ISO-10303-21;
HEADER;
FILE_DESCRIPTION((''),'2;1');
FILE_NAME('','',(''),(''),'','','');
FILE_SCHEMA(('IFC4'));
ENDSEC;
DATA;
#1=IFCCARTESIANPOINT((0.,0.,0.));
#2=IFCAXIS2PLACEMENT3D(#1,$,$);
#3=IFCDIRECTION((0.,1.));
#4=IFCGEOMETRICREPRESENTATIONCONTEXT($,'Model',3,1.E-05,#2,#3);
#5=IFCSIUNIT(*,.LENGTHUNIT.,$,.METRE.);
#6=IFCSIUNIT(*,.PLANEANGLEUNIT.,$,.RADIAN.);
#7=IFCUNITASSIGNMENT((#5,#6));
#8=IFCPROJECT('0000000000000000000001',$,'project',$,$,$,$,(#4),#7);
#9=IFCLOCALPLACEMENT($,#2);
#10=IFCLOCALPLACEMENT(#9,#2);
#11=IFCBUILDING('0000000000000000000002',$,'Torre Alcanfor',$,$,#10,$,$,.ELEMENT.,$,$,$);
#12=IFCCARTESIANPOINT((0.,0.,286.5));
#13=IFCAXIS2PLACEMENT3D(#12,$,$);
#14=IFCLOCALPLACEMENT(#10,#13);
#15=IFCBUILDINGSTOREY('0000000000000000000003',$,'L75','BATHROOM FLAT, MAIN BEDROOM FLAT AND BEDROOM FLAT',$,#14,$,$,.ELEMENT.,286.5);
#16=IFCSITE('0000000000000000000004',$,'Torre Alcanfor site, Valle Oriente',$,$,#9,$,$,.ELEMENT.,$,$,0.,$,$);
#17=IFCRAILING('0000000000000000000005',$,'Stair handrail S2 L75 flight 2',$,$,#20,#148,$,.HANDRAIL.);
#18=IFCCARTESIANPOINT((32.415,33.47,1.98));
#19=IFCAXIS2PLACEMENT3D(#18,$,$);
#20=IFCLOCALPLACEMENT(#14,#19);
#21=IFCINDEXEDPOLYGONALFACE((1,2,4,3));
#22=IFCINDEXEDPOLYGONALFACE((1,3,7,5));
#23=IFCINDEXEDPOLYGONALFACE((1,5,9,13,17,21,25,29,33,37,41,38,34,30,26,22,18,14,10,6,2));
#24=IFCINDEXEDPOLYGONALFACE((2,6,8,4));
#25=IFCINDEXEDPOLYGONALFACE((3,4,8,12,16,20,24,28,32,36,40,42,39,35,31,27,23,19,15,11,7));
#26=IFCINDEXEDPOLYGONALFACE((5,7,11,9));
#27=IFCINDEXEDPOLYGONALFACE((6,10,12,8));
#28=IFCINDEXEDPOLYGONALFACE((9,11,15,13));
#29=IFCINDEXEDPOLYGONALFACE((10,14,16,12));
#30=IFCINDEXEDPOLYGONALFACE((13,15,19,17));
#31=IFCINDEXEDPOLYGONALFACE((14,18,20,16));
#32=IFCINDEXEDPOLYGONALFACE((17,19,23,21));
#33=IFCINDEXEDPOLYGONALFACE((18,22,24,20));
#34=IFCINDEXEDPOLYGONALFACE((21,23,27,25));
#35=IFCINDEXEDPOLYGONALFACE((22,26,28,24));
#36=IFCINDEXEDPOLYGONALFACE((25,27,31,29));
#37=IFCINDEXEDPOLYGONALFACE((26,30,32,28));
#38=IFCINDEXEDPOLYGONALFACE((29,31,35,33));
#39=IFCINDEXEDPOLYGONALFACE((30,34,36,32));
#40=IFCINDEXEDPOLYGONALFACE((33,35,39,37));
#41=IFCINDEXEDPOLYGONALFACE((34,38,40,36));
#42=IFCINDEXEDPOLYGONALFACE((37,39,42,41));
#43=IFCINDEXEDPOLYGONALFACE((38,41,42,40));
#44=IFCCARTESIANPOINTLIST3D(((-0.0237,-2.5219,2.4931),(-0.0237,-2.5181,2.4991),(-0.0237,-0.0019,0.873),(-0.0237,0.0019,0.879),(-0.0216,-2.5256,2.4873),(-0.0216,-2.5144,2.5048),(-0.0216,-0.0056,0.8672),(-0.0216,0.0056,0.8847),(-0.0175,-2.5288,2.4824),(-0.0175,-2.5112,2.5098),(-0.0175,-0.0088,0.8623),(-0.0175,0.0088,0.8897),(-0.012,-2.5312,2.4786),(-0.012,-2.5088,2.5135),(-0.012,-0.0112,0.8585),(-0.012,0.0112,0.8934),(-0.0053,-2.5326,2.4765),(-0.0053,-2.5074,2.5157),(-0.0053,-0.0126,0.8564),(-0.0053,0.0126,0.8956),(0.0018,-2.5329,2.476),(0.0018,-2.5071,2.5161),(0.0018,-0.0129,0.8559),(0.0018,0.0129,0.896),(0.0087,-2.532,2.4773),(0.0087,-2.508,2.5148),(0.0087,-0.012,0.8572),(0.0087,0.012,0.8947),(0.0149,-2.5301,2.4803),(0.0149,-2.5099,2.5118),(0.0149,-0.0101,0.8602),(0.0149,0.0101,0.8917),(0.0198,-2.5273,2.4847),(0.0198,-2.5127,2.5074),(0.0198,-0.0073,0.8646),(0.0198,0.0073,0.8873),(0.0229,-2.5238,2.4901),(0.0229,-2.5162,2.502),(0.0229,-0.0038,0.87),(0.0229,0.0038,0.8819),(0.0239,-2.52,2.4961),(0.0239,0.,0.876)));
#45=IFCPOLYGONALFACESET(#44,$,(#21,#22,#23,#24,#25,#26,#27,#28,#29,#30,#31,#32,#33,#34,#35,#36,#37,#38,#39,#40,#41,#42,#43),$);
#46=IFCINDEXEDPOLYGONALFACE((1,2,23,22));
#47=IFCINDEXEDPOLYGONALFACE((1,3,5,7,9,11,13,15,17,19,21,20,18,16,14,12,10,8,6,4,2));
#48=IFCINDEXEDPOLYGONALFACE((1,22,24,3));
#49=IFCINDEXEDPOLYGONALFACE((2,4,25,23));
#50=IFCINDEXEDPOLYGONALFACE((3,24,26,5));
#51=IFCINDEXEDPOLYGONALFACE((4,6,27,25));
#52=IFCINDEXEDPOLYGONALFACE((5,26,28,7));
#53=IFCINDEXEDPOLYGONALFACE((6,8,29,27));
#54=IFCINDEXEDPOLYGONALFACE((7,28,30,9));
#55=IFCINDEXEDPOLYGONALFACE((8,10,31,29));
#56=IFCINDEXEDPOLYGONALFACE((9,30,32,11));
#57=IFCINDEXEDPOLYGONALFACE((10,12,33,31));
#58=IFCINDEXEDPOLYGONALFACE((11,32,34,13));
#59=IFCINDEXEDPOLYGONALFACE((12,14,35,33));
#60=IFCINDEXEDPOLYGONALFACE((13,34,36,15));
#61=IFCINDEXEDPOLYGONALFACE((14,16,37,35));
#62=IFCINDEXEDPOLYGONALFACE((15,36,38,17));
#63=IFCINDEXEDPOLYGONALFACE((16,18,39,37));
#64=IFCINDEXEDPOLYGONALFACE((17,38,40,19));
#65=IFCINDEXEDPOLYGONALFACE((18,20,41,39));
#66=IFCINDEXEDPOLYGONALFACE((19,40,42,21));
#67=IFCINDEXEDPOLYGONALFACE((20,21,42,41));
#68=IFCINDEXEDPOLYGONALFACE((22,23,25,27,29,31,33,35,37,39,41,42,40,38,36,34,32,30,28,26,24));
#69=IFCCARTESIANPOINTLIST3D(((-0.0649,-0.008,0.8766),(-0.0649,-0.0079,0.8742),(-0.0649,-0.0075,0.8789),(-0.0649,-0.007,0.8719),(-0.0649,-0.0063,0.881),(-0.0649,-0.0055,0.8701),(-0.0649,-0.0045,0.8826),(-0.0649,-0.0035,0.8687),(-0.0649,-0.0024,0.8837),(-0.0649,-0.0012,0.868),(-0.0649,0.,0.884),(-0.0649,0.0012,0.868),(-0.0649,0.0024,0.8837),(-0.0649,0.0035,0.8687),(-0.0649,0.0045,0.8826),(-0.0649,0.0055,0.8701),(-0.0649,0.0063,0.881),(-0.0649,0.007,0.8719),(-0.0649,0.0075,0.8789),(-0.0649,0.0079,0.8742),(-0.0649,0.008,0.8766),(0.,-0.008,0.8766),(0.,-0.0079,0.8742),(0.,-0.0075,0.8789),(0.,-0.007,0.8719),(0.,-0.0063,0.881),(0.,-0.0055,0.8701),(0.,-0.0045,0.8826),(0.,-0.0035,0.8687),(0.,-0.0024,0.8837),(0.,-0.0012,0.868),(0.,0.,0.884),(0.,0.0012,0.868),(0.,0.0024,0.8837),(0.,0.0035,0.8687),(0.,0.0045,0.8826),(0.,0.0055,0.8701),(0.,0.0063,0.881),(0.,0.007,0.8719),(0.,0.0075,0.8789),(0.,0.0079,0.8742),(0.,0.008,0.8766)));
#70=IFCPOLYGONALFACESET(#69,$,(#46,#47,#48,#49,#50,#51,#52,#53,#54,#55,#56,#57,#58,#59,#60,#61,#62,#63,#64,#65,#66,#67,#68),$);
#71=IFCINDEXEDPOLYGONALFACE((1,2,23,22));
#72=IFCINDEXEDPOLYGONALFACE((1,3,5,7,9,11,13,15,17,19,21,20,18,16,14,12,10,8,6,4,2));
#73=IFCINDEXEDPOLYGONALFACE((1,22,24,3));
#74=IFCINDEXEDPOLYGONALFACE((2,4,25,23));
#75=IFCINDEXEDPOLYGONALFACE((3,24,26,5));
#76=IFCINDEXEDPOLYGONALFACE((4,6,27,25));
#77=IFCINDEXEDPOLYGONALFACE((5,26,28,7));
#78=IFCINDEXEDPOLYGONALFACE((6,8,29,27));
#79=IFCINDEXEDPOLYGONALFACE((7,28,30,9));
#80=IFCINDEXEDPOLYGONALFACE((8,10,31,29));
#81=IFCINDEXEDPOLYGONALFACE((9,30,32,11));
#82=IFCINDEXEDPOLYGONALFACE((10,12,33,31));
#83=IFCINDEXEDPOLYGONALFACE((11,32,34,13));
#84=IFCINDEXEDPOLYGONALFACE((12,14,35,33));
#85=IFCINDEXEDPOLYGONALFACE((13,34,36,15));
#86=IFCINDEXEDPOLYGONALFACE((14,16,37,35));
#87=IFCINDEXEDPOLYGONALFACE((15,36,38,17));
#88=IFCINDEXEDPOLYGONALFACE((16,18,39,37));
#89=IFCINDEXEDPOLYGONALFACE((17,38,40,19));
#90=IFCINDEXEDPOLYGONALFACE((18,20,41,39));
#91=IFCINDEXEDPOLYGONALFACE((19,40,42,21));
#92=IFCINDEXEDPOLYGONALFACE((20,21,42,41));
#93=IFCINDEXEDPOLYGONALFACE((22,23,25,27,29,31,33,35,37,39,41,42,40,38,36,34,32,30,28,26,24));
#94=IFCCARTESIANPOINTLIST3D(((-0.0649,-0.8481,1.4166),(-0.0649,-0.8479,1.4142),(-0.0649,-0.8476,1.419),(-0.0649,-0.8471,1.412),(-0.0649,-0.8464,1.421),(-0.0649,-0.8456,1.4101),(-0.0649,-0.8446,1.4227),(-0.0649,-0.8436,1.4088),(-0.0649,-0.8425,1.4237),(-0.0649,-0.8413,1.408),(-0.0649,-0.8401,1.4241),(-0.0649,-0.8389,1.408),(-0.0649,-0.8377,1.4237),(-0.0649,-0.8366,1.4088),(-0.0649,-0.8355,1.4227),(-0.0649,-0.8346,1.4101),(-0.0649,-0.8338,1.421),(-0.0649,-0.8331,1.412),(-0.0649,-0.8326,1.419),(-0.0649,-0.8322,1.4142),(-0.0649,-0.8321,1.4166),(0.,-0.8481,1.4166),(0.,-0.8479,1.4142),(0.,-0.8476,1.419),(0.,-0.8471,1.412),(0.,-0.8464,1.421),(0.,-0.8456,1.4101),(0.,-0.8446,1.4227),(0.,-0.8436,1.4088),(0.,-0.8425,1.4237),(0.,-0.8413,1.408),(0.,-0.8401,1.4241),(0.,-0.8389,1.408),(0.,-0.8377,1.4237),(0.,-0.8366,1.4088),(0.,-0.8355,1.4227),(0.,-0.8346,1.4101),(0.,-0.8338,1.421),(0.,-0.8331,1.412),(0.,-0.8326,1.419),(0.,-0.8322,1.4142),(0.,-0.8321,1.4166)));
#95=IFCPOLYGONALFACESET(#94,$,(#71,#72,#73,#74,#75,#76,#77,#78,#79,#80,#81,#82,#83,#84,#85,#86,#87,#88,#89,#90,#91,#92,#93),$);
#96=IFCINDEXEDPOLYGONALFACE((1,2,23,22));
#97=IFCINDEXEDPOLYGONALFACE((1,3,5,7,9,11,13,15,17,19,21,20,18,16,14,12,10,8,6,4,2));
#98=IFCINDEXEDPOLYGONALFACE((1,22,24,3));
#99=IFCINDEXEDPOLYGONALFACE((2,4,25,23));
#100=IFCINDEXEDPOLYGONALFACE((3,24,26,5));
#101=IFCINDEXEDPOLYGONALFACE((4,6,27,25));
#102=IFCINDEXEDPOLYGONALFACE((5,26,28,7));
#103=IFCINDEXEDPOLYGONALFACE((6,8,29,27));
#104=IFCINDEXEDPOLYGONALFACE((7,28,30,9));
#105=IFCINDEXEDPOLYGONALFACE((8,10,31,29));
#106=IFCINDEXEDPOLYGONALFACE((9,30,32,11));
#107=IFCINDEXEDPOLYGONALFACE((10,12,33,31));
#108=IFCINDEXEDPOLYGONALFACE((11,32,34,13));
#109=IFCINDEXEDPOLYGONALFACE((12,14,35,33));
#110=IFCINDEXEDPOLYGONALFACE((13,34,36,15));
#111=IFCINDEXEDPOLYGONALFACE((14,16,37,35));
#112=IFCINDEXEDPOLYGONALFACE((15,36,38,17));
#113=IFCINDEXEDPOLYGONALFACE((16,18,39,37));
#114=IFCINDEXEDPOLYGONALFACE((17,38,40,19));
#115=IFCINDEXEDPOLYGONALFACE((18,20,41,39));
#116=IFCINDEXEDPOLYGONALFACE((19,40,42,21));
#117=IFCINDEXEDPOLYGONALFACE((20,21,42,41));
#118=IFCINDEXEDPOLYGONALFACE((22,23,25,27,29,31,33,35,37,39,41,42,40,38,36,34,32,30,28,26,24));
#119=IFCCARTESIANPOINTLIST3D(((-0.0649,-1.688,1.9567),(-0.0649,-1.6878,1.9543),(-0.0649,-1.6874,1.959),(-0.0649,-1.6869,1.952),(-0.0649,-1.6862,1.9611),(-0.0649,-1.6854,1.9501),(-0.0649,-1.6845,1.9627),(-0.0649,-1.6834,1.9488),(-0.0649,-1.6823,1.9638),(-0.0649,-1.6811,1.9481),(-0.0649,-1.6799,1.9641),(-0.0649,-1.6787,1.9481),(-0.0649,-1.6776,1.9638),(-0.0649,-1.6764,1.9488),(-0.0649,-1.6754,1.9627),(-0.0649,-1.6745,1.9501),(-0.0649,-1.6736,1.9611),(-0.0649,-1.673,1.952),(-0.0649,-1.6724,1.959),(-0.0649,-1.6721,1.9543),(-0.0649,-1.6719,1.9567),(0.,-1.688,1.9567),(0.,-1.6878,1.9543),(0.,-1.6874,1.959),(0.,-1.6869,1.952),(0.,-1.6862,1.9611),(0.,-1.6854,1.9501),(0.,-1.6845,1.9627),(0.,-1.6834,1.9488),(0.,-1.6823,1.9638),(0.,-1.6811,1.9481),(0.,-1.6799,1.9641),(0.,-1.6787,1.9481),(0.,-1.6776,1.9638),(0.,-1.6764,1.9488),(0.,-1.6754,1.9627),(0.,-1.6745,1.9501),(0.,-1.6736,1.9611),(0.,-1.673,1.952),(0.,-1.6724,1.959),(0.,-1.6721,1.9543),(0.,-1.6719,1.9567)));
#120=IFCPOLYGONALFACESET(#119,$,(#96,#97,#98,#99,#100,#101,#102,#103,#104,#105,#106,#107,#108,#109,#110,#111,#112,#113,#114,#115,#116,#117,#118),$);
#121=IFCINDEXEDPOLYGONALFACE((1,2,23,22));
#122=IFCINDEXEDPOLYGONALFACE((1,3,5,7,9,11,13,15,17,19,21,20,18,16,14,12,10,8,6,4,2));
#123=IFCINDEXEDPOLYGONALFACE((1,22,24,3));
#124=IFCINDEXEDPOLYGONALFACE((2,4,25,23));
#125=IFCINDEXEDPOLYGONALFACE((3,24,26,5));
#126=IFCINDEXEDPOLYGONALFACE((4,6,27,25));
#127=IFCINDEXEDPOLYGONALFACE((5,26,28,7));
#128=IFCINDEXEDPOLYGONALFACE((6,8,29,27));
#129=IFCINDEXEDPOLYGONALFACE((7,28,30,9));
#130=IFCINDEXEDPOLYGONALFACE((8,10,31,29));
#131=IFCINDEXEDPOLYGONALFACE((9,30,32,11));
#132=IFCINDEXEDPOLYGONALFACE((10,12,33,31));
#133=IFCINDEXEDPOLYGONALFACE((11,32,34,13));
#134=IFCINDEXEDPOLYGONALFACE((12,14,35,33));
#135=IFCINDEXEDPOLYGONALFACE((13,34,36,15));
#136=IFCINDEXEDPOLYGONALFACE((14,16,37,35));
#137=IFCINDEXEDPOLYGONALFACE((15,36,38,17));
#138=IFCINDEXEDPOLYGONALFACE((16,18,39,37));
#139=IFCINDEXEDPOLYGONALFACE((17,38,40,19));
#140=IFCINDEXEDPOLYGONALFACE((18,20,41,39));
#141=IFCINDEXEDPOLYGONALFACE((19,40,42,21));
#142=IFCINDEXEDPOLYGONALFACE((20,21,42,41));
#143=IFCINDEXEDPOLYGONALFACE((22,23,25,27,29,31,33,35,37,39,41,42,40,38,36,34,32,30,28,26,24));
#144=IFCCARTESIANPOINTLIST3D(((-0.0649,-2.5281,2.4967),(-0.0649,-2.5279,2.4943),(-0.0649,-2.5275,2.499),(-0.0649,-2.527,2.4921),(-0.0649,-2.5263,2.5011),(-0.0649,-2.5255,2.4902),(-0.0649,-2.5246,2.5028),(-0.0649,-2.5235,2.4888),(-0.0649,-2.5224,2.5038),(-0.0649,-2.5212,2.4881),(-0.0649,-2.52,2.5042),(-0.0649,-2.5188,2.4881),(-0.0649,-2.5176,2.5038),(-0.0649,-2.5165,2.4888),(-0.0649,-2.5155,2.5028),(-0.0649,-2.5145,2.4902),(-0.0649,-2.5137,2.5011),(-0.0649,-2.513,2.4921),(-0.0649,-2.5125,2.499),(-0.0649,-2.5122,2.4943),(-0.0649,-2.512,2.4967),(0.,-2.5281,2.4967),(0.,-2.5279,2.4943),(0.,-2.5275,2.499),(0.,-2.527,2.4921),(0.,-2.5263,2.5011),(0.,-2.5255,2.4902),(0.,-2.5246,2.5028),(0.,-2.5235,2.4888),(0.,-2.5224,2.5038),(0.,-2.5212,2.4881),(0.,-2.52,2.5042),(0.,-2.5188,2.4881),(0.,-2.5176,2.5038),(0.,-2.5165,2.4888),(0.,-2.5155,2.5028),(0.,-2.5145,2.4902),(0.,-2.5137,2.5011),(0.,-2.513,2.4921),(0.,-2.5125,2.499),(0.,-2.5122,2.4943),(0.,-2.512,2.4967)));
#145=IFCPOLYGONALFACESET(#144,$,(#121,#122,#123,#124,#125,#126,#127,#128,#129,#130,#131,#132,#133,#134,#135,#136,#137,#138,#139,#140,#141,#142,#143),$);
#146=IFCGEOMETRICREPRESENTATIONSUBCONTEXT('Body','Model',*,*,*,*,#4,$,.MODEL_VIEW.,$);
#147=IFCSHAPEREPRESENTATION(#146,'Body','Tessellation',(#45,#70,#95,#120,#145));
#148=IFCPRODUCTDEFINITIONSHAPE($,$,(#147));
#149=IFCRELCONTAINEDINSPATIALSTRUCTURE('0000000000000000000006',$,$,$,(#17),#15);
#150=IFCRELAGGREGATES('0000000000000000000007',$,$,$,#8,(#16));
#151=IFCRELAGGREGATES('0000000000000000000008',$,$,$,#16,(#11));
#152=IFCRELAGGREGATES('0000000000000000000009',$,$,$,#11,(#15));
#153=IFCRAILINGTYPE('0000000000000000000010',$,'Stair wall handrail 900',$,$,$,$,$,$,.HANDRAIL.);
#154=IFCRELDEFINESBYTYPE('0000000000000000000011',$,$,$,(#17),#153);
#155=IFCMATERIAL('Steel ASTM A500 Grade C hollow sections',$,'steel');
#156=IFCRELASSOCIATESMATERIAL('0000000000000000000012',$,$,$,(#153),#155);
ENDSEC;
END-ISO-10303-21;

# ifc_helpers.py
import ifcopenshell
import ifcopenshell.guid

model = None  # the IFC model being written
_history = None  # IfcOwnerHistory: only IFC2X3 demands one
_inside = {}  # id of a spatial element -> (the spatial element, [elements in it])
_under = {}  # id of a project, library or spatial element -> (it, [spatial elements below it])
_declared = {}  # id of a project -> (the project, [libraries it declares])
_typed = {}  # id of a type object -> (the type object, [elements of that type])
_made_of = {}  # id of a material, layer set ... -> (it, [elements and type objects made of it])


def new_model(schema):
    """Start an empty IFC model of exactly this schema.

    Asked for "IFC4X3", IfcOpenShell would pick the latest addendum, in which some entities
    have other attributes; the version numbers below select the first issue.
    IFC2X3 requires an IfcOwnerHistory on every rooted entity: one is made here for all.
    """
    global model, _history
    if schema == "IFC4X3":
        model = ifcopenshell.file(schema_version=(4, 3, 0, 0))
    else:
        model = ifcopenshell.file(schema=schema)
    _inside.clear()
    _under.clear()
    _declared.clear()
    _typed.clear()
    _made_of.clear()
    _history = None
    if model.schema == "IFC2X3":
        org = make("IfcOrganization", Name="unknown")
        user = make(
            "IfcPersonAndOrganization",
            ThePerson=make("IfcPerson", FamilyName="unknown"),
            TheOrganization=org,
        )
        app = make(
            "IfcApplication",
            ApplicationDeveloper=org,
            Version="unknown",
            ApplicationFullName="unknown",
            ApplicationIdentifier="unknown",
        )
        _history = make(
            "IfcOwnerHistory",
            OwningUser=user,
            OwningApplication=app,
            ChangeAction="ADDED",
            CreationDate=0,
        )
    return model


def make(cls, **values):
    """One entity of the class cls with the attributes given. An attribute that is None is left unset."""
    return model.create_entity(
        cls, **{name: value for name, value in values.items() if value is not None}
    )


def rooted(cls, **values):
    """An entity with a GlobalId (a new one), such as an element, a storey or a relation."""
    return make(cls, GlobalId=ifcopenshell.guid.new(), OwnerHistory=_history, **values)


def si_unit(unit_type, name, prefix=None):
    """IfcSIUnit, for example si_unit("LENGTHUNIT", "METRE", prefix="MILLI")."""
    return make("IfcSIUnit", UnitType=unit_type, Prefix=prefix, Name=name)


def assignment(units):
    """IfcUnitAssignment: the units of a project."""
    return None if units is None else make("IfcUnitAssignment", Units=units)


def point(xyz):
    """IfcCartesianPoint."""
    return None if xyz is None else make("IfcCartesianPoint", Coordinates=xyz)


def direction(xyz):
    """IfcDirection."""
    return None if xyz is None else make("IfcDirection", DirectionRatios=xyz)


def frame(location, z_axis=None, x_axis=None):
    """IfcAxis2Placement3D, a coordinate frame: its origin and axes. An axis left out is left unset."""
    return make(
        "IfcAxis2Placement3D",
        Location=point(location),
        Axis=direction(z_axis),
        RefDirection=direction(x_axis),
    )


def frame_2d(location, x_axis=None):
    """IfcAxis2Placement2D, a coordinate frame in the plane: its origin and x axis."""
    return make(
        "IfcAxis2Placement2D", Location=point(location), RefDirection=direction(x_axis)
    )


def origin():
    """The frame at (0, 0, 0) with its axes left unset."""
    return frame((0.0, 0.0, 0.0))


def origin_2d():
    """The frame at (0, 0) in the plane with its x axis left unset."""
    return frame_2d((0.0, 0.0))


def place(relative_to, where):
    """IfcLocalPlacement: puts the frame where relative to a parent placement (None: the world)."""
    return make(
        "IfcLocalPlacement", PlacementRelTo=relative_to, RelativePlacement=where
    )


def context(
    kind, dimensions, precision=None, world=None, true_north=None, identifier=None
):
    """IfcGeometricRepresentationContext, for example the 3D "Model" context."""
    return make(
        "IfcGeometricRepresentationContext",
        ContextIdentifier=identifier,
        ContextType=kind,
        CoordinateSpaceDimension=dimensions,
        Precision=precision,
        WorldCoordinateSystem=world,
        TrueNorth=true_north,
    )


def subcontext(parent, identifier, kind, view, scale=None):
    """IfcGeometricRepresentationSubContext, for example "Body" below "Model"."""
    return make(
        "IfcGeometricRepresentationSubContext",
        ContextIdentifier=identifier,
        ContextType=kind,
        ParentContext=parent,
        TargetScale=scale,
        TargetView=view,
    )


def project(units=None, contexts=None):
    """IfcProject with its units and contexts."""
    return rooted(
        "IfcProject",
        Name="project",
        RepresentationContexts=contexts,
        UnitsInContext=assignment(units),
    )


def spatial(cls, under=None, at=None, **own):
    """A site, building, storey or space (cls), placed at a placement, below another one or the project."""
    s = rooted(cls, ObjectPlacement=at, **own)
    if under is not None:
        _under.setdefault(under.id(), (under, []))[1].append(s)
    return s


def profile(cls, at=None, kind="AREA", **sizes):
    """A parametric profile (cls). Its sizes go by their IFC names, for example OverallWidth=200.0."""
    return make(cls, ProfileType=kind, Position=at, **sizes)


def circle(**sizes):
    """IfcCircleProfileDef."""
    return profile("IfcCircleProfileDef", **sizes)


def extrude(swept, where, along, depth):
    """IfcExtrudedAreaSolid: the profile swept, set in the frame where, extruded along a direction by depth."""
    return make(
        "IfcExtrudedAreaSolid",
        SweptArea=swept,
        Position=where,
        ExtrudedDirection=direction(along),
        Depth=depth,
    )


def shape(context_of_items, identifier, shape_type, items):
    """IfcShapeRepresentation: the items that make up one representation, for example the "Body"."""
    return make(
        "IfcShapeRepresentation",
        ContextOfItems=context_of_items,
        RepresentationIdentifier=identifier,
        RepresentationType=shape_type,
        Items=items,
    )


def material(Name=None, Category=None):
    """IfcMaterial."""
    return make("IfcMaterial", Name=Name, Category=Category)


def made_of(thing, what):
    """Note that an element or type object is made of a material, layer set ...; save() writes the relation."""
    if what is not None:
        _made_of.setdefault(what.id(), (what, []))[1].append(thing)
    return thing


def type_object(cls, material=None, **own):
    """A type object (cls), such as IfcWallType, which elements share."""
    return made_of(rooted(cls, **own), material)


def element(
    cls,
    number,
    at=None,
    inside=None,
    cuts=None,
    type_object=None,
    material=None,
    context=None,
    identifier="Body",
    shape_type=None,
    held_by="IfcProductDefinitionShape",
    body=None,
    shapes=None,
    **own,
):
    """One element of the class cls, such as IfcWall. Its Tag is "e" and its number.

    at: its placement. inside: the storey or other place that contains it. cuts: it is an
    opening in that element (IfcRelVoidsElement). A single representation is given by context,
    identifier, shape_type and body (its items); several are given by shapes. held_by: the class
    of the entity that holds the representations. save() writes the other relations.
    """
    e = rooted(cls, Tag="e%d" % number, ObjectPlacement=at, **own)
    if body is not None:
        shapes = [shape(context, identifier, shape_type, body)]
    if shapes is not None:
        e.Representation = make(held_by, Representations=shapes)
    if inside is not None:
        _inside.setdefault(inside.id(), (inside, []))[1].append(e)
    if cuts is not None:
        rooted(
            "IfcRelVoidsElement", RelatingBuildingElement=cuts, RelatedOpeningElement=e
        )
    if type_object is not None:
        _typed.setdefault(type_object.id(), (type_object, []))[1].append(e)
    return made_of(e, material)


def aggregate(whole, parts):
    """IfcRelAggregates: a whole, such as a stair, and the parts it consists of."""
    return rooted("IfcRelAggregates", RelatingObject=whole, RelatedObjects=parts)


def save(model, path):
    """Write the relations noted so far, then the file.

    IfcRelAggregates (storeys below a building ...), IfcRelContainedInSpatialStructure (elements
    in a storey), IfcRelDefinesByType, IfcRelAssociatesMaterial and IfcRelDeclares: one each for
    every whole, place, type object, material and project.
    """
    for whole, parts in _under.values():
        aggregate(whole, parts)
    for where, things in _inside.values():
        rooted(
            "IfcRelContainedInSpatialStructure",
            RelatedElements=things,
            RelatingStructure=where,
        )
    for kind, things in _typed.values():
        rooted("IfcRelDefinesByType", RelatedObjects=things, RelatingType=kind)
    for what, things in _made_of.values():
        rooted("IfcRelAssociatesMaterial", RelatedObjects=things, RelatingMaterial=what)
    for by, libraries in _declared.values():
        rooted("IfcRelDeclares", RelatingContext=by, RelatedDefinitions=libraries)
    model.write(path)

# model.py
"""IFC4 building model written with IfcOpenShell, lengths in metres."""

from ifc_helpers import new_model, si_unit, direction, frame, origin, origin_2d, place, context, subcontext, project, spatial, circle, extrude, material, type_object, element, save


model = new_model("IFC4")

# Units and contexts
model_context = context("Model", 3, precision=1e-05, world=origin(), true_north=direction((0.0, 1.0)))
body_context = subcontext(model_context, "Body", "Model", "MODEL_VIEW")
ifc_project = project(units=[si_unit("LENGTHUNIT", "METRE"), si_unit("PLANEANGLEUNIT", "RADIAN")], contexts=[model_context])

# Site, building, storey
site_placement = place(None, origin())
site = spatial("IfcSite", under=ifc_project, at=site_placement, Name="Torre Alcanfor site, Valle Oriente", CompositionType="ELEMENT", RefElevation=0.0)
building_placement = place(site_placement, origin())
building = spatial("IfcBuilding", under=site, at=building_placement, Name="Torre Alcanfor", CompositionType="ELEMENT")
storey_placement = place(building_placement, frame((0.0, 0.0, 286.5)))
storey = spatial("IfcBuildingStorey", under=building, at=storey_placement, Name="L75", Description="BATHROOM FLAT, MAIN BEDROOM FLAT AND BEDROOM FLAT", CompositionType="ELEMENT", Elevation=286.5)

# Railing
ifc_material_1 = material(Name="Steel ASTM A500 Grade C hollow sections", Category="steel")
railing_type_1 = type_object("IfcRailingType", Name="Stair wall handrail 900", PredefinedType="HANDRAIL", material=ifc_material_1)
railing_1_placement = place(storey_placement, frame((32.415, 33.47, 1.98)))
element("IfcRailing", 1, at=railing_1_placement, inside=storey, type_object=railing_type_1, Name="Stair handrail S2 L75 flight 2", PredefinedType="HANDRAIL", context=body_context, shape_type="SweptSolid", body=[
    extrude(circle(Radius=0.0239, at=origin_2d()), frame((0.0, 0.0, 0.876), z_axis=(0.0, -0.841163, 0.540782), x_axis=(1.0, 0.0, 0.0)), (0.0, 0.0, 1.0), 2.9958),
    extrude(circle(Radius=0.0081, at=origin_2d()), frame((0.0, 0.0, 0.876), z_axis=(-1.0, 0.0, 0.0), x_axis=(0.0, 0.0, 1.0)), (0.0, 0.0, 1.0), 0.0649),
    extrude(circle(Radius=0.0081, at=origin_2d()), frame((0.0, -0.8401, 1.416), z_axis=(-1.0, 0.0, 0.0), x_axis=(0.0, 0.0, 1.0)), (0.0, 0.0, 1.0), 0.0649),
    extrude(circle(Radius=0.0081, at=origin_2d()), frame((0.0, -1.6799, 1.9561), z_axis=(-1.0, 0.0, 0.0), x_axis=(0.0, 0.0, 1.0)), (0.0, 0.0, 1.0), 0.0649),
    extrude(circle(Radius=0.0081, at=origin_2d()), frame((0.0, -2.52, 2.4961), z_axis=(-1.0, 0.0, 0.0), x_axis=(0.0, 0.0, 1.0)), (0.0, 0.0, 1.0), 0.0649),
])

save(model, "model.ifc")
